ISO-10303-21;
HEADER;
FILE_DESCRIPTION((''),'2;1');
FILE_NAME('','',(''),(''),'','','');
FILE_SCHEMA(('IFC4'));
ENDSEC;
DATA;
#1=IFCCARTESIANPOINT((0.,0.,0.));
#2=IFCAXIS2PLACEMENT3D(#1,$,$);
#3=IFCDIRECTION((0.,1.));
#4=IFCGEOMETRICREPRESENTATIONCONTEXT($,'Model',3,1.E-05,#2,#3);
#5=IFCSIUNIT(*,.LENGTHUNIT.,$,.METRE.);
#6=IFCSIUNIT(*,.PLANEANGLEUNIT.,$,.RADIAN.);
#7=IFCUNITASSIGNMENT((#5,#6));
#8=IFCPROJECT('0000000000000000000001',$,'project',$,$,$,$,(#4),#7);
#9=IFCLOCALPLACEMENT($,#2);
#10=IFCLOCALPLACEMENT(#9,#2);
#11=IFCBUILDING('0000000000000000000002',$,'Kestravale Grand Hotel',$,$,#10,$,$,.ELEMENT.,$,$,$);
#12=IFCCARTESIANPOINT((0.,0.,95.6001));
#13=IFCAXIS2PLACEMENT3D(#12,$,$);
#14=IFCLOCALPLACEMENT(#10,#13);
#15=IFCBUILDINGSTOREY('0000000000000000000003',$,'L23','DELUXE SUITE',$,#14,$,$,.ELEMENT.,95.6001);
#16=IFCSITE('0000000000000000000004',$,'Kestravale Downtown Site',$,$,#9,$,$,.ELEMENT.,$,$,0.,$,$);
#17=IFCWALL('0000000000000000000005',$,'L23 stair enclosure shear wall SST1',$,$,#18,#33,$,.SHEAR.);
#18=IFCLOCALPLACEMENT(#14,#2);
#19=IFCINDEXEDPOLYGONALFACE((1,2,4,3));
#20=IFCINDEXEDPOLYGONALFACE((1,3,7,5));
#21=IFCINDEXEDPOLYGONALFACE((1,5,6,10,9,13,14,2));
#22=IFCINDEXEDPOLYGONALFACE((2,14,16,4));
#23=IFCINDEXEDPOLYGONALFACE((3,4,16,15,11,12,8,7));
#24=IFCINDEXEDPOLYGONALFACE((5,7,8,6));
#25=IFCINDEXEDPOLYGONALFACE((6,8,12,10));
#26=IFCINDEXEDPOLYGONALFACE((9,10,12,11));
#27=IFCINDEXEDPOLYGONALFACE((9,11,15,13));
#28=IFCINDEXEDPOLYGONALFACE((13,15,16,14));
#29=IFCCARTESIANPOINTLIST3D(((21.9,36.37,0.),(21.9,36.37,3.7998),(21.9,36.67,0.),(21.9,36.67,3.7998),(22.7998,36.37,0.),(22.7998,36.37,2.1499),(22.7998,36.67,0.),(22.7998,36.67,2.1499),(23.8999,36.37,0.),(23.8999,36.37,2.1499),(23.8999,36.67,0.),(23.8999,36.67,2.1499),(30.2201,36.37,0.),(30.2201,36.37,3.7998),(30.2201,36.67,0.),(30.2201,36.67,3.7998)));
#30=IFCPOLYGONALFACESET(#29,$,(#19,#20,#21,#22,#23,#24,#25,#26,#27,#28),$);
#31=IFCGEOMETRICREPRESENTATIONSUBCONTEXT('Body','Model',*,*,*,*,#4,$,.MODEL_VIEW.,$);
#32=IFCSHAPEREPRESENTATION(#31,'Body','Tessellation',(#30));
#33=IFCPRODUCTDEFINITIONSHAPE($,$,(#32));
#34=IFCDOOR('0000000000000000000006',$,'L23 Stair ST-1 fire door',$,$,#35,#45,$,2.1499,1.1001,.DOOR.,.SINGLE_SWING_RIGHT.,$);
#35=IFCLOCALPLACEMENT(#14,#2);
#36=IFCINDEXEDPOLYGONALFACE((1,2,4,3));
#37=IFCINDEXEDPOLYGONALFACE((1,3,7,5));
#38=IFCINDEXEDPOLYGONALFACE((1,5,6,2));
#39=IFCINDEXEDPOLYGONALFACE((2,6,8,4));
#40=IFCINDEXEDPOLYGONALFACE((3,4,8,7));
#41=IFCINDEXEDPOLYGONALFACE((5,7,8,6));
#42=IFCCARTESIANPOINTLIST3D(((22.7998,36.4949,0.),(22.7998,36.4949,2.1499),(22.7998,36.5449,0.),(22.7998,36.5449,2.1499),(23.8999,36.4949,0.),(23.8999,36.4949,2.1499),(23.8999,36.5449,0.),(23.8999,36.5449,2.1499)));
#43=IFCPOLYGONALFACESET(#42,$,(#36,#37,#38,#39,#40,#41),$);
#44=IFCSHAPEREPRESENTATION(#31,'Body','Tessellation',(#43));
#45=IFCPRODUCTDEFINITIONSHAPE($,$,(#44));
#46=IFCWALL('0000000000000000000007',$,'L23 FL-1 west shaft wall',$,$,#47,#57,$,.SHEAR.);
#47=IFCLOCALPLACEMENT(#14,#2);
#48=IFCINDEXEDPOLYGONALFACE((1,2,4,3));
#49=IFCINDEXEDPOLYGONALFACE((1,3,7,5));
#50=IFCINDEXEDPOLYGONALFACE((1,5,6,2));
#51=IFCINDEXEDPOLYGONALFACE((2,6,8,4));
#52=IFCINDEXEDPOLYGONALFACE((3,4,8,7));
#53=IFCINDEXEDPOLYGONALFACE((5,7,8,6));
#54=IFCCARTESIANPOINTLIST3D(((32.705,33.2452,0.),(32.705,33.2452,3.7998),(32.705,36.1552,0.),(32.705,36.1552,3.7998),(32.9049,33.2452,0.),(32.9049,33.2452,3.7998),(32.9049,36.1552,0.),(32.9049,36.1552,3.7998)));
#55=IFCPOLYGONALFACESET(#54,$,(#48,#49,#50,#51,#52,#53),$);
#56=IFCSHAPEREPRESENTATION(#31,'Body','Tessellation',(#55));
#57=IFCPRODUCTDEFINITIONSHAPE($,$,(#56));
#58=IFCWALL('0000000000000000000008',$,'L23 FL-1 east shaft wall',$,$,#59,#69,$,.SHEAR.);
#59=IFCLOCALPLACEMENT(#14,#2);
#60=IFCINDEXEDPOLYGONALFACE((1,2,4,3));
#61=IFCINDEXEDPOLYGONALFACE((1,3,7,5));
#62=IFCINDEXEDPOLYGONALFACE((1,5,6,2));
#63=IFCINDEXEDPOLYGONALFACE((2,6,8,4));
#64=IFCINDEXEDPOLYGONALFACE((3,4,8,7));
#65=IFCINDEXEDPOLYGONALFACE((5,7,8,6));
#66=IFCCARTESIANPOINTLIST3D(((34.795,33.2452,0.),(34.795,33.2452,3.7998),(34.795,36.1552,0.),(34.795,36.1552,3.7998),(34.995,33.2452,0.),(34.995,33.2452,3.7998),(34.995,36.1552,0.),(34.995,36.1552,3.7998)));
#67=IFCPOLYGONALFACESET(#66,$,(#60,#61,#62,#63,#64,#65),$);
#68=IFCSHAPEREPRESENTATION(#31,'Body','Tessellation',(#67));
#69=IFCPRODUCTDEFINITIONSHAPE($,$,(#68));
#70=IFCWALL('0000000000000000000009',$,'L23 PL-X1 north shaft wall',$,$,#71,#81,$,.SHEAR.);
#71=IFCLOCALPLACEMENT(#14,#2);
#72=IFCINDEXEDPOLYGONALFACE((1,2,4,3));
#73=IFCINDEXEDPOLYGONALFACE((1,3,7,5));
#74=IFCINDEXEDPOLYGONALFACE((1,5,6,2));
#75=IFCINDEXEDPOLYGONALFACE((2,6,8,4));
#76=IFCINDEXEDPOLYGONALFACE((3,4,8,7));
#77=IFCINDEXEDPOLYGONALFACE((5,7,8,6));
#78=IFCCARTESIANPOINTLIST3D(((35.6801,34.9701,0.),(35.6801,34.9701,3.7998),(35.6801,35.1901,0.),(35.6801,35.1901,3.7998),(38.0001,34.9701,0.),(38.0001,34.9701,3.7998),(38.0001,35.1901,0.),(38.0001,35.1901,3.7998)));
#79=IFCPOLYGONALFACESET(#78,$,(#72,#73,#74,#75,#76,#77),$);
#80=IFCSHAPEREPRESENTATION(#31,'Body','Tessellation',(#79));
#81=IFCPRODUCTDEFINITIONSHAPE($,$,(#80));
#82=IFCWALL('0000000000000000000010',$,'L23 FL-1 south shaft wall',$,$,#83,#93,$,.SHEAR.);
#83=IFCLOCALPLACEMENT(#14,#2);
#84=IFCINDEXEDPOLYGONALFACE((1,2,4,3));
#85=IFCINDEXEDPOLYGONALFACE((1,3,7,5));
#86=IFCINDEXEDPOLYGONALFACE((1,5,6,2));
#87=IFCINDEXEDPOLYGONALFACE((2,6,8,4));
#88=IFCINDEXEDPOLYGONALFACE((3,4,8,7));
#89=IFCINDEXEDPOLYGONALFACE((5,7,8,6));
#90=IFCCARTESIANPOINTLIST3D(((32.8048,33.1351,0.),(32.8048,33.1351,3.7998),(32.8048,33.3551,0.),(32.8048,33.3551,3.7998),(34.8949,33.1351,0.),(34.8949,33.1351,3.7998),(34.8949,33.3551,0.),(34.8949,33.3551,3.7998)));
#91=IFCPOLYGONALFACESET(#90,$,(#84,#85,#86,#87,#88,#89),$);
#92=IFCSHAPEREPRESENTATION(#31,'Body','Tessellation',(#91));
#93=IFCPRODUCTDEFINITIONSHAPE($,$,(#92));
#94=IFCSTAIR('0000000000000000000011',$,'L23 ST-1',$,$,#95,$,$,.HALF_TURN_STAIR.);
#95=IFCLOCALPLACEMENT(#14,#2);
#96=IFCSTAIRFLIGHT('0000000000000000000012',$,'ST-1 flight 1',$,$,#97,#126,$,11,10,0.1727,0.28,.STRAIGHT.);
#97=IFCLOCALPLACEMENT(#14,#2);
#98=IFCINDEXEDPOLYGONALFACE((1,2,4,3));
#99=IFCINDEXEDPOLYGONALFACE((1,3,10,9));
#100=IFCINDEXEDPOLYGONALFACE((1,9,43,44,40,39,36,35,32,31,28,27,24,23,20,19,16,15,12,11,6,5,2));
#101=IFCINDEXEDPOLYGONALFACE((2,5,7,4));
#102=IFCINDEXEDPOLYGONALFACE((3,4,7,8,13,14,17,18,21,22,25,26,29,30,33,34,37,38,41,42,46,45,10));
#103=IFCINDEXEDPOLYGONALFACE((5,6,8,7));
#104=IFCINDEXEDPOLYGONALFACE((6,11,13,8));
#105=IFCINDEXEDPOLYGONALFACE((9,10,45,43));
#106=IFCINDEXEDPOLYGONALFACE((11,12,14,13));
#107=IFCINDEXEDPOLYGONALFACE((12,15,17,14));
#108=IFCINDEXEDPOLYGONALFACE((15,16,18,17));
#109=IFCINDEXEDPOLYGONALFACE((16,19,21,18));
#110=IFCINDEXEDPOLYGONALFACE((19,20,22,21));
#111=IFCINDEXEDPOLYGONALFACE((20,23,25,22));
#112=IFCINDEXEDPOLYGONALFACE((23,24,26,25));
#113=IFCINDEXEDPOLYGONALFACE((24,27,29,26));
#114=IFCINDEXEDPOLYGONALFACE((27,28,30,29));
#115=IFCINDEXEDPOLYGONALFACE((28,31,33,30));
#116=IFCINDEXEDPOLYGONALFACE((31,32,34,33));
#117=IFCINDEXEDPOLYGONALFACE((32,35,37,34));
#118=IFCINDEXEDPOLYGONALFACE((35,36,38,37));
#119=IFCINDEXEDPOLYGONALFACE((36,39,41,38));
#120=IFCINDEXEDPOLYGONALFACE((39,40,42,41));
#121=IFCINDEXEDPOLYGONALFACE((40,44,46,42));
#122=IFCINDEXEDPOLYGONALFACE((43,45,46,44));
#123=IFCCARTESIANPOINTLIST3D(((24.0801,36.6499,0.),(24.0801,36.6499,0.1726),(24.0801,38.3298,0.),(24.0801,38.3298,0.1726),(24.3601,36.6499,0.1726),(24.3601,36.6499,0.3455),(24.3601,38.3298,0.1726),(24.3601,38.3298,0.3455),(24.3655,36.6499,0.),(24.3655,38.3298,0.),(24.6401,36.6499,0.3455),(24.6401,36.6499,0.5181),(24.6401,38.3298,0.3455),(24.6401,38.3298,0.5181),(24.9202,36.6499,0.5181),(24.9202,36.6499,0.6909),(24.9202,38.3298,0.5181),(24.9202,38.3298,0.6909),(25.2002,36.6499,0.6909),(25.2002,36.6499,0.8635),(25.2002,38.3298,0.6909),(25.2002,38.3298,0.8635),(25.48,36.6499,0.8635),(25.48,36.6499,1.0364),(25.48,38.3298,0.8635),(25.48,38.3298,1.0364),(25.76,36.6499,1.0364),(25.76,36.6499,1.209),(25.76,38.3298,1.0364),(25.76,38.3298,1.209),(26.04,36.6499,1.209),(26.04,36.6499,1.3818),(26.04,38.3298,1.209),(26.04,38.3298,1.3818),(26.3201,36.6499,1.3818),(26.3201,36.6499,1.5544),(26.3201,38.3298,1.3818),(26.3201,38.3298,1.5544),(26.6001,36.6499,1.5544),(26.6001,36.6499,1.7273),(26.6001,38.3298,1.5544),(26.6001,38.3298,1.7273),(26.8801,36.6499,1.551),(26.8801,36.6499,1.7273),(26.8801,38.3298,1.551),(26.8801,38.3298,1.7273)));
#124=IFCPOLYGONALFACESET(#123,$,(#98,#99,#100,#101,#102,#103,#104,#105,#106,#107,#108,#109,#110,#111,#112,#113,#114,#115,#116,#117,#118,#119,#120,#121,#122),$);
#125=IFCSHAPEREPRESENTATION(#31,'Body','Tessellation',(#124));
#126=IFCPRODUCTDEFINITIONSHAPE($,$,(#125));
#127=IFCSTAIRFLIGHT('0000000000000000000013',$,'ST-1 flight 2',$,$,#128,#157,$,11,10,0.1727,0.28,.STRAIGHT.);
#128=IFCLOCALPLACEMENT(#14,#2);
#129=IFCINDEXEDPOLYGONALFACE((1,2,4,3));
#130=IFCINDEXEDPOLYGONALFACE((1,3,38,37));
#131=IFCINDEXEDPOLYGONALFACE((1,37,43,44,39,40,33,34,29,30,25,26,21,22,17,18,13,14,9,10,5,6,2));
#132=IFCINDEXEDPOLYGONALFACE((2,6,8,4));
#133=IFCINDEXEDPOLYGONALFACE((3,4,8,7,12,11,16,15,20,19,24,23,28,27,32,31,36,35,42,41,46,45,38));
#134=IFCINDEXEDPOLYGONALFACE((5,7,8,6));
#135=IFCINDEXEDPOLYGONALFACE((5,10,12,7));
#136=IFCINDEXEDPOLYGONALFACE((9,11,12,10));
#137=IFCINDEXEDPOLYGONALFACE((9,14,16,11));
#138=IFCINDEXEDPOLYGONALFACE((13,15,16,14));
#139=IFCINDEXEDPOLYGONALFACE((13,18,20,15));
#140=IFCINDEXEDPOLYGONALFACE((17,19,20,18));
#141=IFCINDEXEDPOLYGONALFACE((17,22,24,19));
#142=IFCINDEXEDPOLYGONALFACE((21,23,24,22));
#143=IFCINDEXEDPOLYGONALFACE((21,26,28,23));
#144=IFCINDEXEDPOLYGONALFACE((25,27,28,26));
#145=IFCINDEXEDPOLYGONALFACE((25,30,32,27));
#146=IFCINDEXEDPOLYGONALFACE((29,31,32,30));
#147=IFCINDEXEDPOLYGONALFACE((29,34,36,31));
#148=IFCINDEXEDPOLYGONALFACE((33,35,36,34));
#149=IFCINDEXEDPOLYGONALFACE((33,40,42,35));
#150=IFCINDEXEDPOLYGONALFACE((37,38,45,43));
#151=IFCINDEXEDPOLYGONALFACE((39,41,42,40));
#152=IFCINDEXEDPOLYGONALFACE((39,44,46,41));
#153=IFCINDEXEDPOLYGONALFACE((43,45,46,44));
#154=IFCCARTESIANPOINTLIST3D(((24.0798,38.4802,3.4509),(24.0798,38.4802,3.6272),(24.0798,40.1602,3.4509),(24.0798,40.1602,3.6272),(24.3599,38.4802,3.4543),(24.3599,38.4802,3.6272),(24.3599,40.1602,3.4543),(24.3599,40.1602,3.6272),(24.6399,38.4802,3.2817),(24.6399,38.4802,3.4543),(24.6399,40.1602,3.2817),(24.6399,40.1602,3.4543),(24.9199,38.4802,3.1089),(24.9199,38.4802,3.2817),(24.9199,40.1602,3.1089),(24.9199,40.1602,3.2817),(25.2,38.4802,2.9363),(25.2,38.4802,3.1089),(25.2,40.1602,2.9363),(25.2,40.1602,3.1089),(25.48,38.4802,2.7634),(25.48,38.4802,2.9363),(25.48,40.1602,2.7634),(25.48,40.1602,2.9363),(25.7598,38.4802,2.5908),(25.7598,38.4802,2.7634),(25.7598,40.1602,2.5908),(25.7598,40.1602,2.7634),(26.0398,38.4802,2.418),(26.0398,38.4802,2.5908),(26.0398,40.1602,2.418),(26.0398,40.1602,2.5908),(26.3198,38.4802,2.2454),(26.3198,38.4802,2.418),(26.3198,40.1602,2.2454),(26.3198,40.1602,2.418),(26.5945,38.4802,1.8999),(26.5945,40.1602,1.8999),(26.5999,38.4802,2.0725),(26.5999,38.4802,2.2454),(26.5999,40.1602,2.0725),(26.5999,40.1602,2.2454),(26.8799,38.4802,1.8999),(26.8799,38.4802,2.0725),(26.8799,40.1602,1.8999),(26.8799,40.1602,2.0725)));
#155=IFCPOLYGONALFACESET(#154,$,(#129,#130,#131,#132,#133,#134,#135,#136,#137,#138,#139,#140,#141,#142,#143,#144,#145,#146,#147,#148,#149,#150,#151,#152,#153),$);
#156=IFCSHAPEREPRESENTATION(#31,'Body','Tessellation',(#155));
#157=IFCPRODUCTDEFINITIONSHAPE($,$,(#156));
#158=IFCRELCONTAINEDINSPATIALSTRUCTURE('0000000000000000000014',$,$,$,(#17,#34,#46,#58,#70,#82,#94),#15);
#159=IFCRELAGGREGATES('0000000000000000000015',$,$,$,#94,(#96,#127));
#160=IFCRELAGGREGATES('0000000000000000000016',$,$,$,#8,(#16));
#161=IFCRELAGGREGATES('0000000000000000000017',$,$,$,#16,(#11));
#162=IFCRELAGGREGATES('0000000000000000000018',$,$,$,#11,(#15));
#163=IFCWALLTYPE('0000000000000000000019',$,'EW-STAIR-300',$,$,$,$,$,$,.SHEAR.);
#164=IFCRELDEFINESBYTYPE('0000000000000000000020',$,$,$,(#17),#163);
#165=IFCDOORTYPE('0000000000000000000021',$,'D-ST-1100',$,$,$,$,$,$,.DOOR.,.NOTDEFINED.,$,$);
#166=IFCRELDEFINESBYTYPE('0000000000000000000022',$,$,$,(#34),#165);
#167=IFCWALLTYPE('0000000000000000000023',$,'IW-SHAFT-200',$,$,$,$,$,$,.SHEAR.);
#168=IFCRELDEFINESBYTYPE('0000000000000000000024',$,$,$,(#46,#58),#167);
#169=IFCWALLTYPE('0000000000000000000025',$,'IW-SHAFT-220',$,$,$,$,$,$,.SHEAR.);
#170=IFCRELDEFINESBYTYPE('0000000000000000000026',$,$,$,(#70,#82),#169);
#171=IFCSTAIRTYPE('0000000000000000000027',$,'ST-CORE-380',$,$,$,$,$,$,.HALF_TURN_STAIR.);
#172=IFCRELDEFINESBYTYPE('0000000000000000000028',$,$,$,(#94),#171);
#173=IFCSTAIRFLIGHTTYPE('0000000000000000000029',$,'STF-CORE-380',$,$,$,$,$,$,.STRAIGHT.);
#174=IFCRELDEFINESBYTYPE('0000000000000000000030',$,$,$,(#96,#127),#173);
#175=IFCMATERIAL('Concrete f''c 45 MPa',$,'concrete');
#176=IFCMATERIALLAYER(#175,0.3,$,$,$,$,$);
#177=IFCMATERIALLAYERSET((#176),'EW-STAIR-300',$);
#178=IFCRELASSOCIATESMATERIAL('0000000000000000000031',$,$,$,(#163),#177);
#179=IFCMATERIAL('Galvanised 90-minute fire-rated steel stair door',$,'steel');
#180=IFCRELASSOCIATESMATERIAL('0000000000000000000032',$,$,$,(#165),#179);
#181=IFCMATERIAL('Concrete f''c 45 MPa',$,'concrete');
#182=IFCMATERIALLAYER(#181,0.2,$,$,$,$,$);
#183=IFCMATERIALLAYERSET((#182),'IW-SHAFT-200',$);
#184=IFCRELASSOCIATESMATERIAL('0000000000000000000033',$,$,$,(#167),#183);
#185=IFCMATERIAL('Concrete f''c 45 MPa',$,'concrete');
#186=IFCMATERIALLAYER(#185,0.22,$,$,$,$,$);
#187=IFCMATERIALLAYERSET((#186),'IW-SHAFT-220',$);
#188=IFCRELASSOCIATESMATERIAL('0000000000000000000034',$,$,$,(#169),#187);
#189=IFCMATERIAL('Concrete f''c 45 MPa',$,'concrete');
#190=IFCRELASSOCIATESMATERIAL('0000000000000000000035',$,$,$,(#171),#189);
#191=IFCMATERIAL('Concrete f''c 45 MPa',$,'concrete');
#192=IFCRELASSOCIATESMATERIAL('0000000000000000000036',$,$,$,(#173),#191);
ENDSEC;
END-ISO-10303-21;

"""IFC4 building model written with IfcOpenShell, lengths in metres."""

from ifc_helpers import new_model, si_unit, direction, frame, frame_2d, origin, place, context, subcontext, project, spatial, polyline, rectangle, outline, extrude, material, layer, layer_set, type_object, element, fill, aggregate, save


model = new_model("IFC4")

# Units and contexts
model_context = context("Model", 3, precision=1e-05, world=origin(), true_north=direction((0.0, 1.0)))
body_context = subcontext(model_context, "Body", "Model", "MODEL_VIEW")
ifc_project = project(units=[si_unit("LENGTHUNIT", "METRE"), si_unit("PLANEANGLEUNIT", "RADIAN")], contexts=[model_context])

# Site, building, storey
site_placement = place(None, origin())
site = spatial("IfcSite", under=ifc_project, at=site_placement, Name="Kestravale Downtown Site", CompositionType="ELEMENT", RefElevation=0.0)
building_placement = place(site_placement, origin())
building = spatial("IfcBuilding", under=site, at=building_placement, Name="Kestravale Grand Hotel", CompositionType="ELEMENT")
storey_placement = place(building_placement, frame((0.0, 0.0, 95.6001)))
storey = spatial("IfcBuildingStorey", under=building, at=storey_placement, Name="L23", Description="DELUXE SUITE", CompositionType="ELEMENT", Elevation=95.6001)

# Wall, opening, door
ifc_material_1 = material(Name="Concrete f'c 45 MPa", Category="concrete")
ifc_layer_1 = layer(ifc_material_1, 0.3)
ifc_layer_set_1 = layer_set([ifc_layer_1], Name="EW-STAIR-300")
wall_type_1 = type_object("IfcWallType", Name="EW-STAIR-300", PredefinedType="SHEAR", material=ifc_layer_set_1)
wall_1_placement = place(storey_placement, frame((21.8999, 36.52, 0.0), z_axis=(0.0, 0.0, 1.0), x_axis=(1.0, 0.0, 0.0)))
wall_1 = element("IfcWall", 1, at=wall_1_placement, inside=storey, type_object=wall_type_1, Name="L23 stair enclosure shear wall SST1", PredefinedType="SHEAR", context=body_context, shape_type="SweptSolid", body=[
    extrude(rectangle(XDim=8.3201, YDim=0.3, at=frame_2d((4.1602, 0.0))), origin(), (0.0, 0.0, 1.0), 3.7998),
])
opening_1_placement = place(wall_1_placement, frame((0.8999, 0.0, 0.0)))
opening_1 = element("IfcOpeningElement", 2, at=opening_1_placement, cuts=wall_1, PredefinedType="OPENING", context=body_context, shape_type="SweptSolid", body=[
    extrude(rectangle(XDim=1.1001, YDim=2.1499, at=frame_2d((0.55, 1.075))), frame((0.0, 0.1599, 0.0), z_axis=(0.0, -1.0, 0.0), x_axis=(1.0, 0.0, 0.0)), (0.0, 0.0, 1.0), 0.3201),
])
ifc_material_2 = material(Name="Galvanised 90-minute fire-rated steel stair door", Category="steel")
door_type_1 = type_object("IfcDoorType", Name="D-ST-1100", OperationType="NOTDEFINED", PredefinedType="DOOR", material=ifc_material_2)
door_1_placement = place(opening_1_placement, origin())
door_1 = element("IfcDoor", 3, at=door_1_placement, inside=storey, type_object=door_type_1, Name="L23 Stair ST-1 fire door", OperationType="SINGLE_SWING_RIGHT", OverallHeight=2.1499, OverallWidth=1.1001, PredefinedType="DOOR", context=body_context, shape_type="SweptSolid", body=[
    extrude(rectangle(XDim=1.1001, YDim=2.1499, at=frame_2d((0.55, 1.075))), frame((0.0, 0.0249, 0.0), z_axis=(0.0, -1.0, 0.0), x_axis=(1.0, 0.0, 0.0)), (0.0, 0.0, 1.0), 0.05),
])
fill(opening_1, door_1)

# Walls
ifc_material_3 = material(Name="Concrete f'c 45 MPa", Category="concrete")
ifc_layer_2 = layer(ifc_material_3, 0.2)
ifc_layer_set_2 = layer_set([ifc_layer_2], Name="IW-SHAFT-200")
wall_type_2 = type_object("IfcWallType", Name="IW-SHAFT-200", PredefinedType="SHEAR", material=ifc_layer_set_2)
for number, where, z_axis, x_axis, name in (
    (4, (32.8049, 33.2451, 0.0), (0.0, 0.0, 1.0), (0.0, 1.0, 0.0), "L23 FL-1 west shaft wall"),
    (5, (34.895, 33.2451, 0.0), (0.0, 0.0, 1.0), (0.0, 1.0, 0.0), "L23 FL-1 east shaft wall"),
):
    element("IfcWall", number, at=place(storey_placement, frame(where, z_axis=z_axis, x_axis=x_axis)), inside=storey, type_object=wall_type_2, Name=name, PredefinedType="SHEAR", context=body_context, shape_type="SweptSolid", body=[
        extrude(rectangle(XDim=2.9099, YDim=0.2, at=frame_2d((1.4551, 0.0))), origin(), (0.0, 0.0, 1.0), 3.7998),
    ])
ifc_material_4 = material(Name="Concrete f'c 45 MPa", Category="concrete")
ifc_layer_3 = layer(ifc_material_4, 0.22)
ifc_layer_set_3 = layer_set([ifc_layer_3], Name="IW-SHAFT-220")
wall_type_3 = type_object("IfcWallType", Name="IW-SHAFT-220", PredefinedType="SHEAR", material=ifc_layer_set_3)
wall_2_placement = place(storey_placement, frame((35.6799, 35.0801, 0.0), z_axis=(0.0, 0.0, 1.0), x_axis=(1.0, 0.0, 0.0)))
element("IfcWall", 6, at=wall_2_placement, inside=storey, type_object=wall_type_3, Name="L23 PL-X1 north shaft wall", PredefinedType="SHEAR", context=body_context, shape_type="SweptSolid", body=[
    extrude(rectangle(XDim=2.3201, YDim=0.22, at=frame_2d((1.1602, 0.0))), origin(), (0.0, 0.0, 1.0), 3.7998),
])

# Wall
wall_3_placement = place(storey_placement, frame((32.8049, 33.2451, 0.0), z_axis=(0.0, 0.0, 1.0), x_axis=(1.0, 0.0, 0.0)))
element("IfcWall", 7, at=wall_3_placement, inside=storey, type_object=wall_type_3, Name="L23 FL-1 south shaft wall", PredefinedType="SHEAR", context=body_context, shape_type="SweptSolid", body=[
    extrude(rectangle(XDim=2.0901, YDim=0.22, at=frame_2d((1.0449, 0.0))), origin(), (0.0, 0.0, 1.0), 3.7998),
])

# Stair, stair flights
ifc_material_5 = material(Name="Concrete f'c 45 MPa", Category="concrete")
stair_type = type_object("IfcStairType", Name="ST-CORE-380", PredefinedType="HALF_TURN_STAIR", material=ifc_material_5)
stair_placement = place(storey_placement, origin())
stair = element("IfcStair", 8, at=stair_placement, inside=storey, type_object=stair_type, Name="L23 ST-1", PredefinedType="HALF_TURN_STAIR")
ifc_material_6 = material(Name="Concrete f'c 45 MPa", Category="concrete")
stair_flight_type = type_object("IfcStairFlightType", Name="STF-CORE-380", PredefinedType="STRAIGHT", material=ifc_material_6)
stair_flight_1_placement = place(storey_placement, frame((24.0801, 37.49, 0.0), z_axis=(0.0, 0.0, 1.0), x_axis=(1.0, 0.0, 0.0)))
stair_flight_1 = element("IfcStairFlight", 9, at=stair_flight_1_placement, type_object=stair_flight_type, Name="ST-1 flight 1", NumberOfRisers=11, NumberOfTreads=10, PredefinedType="STRAIGHT", RiserHeight=0.1727, TreadLength=0.28, context=body_context, shape_type="SweptSolid", body=[
    extrude(outline(polyline([(0.0, 0.0), (0.0, 0.1726), (0.28, 0.1726), (0.28, 0.3455), (0.5601, 0.3455), (0.5601, 0.5181), (0.8401, 0.5181), (0.8401, 0.6909), (1.1201, 0.6909), (1.1201, 0.8635), (1.3999, 0.8635), (1.3999, 1.0364), (1.6799, 1.0364), (1.6799, 1.209), (1.96, 1.209), (1.96, 1.3818), (2.24, 1.3818), (2.24, 1.5544), (2.52, 1.5544), (2.52, 1.7273), (2.8, 1.7273), (2.8, 1.8999), (2.8, 1.551), (0.2854, 0.0), (0.0, 0.0)])), frame((0.0, 0.8398, 0.0), z_axis=(0.0, -1.0, 0.0), x_axis=(1.0, 0.0, 0.0)), (0.0, 0.0, 1.0), 1.6799),
])
stair_flight_2_placement = place(storey_placement, frame((26.8799, 39.3201, 1.8999), z_axis=(0.0, 0.0, 1.0), x_axis=(-1.0, 0.0, 0.0)))
stair_flight_2 = element("IfcStairFlight", 10, at=stair_flight_2_placement, type_object=stair_flight_type, Name="ST-1 flight 2", NumberOfRisers=11, NumberOfTreads=10, PredefinedType="STRAIGHT", RiserHeight=0.1727, TreadLength=0.28, context=body_context, shape_type="SweptSolid", body=[
    extrude(outline(polyline([(0.0, 0.0), (0.0, 0.1726), (0.28, 0.1726), (0.28, 0.3455), (0.5601, 0.3455), (0.5601, 0.5181), (0.8401, 0.5181), (0.8401, 0.6909), (1.1201, 0.6909), (1.1201, 0.8635), (1.3999, 0.8635), (1.3999, 1.0364), (1.6799, 1.0364), (1.6799, 1.209), (1.96, 1.209), (1.96, 1.3818), (2.24, 1.3818), (2.24, 1.5544), (2.52, 1.5544), (2.52, 1.7273), (2.8, 1.7273), (2.8, 1.8999), (2.8, 1.551), (0.2854, 0.0), (0.0, 0.0)])), frame((0.0, 0.8398, 0.0), z_axis=(0.0, -1.0, 0.0), x_axis=(1.0, 0.0, 0.0)), (0.0, 0.0, 1.0), 1.6799),
])
aggregate(stair, [stair_flight_1, stair_flight_2])

save(model, "model.ifc")
